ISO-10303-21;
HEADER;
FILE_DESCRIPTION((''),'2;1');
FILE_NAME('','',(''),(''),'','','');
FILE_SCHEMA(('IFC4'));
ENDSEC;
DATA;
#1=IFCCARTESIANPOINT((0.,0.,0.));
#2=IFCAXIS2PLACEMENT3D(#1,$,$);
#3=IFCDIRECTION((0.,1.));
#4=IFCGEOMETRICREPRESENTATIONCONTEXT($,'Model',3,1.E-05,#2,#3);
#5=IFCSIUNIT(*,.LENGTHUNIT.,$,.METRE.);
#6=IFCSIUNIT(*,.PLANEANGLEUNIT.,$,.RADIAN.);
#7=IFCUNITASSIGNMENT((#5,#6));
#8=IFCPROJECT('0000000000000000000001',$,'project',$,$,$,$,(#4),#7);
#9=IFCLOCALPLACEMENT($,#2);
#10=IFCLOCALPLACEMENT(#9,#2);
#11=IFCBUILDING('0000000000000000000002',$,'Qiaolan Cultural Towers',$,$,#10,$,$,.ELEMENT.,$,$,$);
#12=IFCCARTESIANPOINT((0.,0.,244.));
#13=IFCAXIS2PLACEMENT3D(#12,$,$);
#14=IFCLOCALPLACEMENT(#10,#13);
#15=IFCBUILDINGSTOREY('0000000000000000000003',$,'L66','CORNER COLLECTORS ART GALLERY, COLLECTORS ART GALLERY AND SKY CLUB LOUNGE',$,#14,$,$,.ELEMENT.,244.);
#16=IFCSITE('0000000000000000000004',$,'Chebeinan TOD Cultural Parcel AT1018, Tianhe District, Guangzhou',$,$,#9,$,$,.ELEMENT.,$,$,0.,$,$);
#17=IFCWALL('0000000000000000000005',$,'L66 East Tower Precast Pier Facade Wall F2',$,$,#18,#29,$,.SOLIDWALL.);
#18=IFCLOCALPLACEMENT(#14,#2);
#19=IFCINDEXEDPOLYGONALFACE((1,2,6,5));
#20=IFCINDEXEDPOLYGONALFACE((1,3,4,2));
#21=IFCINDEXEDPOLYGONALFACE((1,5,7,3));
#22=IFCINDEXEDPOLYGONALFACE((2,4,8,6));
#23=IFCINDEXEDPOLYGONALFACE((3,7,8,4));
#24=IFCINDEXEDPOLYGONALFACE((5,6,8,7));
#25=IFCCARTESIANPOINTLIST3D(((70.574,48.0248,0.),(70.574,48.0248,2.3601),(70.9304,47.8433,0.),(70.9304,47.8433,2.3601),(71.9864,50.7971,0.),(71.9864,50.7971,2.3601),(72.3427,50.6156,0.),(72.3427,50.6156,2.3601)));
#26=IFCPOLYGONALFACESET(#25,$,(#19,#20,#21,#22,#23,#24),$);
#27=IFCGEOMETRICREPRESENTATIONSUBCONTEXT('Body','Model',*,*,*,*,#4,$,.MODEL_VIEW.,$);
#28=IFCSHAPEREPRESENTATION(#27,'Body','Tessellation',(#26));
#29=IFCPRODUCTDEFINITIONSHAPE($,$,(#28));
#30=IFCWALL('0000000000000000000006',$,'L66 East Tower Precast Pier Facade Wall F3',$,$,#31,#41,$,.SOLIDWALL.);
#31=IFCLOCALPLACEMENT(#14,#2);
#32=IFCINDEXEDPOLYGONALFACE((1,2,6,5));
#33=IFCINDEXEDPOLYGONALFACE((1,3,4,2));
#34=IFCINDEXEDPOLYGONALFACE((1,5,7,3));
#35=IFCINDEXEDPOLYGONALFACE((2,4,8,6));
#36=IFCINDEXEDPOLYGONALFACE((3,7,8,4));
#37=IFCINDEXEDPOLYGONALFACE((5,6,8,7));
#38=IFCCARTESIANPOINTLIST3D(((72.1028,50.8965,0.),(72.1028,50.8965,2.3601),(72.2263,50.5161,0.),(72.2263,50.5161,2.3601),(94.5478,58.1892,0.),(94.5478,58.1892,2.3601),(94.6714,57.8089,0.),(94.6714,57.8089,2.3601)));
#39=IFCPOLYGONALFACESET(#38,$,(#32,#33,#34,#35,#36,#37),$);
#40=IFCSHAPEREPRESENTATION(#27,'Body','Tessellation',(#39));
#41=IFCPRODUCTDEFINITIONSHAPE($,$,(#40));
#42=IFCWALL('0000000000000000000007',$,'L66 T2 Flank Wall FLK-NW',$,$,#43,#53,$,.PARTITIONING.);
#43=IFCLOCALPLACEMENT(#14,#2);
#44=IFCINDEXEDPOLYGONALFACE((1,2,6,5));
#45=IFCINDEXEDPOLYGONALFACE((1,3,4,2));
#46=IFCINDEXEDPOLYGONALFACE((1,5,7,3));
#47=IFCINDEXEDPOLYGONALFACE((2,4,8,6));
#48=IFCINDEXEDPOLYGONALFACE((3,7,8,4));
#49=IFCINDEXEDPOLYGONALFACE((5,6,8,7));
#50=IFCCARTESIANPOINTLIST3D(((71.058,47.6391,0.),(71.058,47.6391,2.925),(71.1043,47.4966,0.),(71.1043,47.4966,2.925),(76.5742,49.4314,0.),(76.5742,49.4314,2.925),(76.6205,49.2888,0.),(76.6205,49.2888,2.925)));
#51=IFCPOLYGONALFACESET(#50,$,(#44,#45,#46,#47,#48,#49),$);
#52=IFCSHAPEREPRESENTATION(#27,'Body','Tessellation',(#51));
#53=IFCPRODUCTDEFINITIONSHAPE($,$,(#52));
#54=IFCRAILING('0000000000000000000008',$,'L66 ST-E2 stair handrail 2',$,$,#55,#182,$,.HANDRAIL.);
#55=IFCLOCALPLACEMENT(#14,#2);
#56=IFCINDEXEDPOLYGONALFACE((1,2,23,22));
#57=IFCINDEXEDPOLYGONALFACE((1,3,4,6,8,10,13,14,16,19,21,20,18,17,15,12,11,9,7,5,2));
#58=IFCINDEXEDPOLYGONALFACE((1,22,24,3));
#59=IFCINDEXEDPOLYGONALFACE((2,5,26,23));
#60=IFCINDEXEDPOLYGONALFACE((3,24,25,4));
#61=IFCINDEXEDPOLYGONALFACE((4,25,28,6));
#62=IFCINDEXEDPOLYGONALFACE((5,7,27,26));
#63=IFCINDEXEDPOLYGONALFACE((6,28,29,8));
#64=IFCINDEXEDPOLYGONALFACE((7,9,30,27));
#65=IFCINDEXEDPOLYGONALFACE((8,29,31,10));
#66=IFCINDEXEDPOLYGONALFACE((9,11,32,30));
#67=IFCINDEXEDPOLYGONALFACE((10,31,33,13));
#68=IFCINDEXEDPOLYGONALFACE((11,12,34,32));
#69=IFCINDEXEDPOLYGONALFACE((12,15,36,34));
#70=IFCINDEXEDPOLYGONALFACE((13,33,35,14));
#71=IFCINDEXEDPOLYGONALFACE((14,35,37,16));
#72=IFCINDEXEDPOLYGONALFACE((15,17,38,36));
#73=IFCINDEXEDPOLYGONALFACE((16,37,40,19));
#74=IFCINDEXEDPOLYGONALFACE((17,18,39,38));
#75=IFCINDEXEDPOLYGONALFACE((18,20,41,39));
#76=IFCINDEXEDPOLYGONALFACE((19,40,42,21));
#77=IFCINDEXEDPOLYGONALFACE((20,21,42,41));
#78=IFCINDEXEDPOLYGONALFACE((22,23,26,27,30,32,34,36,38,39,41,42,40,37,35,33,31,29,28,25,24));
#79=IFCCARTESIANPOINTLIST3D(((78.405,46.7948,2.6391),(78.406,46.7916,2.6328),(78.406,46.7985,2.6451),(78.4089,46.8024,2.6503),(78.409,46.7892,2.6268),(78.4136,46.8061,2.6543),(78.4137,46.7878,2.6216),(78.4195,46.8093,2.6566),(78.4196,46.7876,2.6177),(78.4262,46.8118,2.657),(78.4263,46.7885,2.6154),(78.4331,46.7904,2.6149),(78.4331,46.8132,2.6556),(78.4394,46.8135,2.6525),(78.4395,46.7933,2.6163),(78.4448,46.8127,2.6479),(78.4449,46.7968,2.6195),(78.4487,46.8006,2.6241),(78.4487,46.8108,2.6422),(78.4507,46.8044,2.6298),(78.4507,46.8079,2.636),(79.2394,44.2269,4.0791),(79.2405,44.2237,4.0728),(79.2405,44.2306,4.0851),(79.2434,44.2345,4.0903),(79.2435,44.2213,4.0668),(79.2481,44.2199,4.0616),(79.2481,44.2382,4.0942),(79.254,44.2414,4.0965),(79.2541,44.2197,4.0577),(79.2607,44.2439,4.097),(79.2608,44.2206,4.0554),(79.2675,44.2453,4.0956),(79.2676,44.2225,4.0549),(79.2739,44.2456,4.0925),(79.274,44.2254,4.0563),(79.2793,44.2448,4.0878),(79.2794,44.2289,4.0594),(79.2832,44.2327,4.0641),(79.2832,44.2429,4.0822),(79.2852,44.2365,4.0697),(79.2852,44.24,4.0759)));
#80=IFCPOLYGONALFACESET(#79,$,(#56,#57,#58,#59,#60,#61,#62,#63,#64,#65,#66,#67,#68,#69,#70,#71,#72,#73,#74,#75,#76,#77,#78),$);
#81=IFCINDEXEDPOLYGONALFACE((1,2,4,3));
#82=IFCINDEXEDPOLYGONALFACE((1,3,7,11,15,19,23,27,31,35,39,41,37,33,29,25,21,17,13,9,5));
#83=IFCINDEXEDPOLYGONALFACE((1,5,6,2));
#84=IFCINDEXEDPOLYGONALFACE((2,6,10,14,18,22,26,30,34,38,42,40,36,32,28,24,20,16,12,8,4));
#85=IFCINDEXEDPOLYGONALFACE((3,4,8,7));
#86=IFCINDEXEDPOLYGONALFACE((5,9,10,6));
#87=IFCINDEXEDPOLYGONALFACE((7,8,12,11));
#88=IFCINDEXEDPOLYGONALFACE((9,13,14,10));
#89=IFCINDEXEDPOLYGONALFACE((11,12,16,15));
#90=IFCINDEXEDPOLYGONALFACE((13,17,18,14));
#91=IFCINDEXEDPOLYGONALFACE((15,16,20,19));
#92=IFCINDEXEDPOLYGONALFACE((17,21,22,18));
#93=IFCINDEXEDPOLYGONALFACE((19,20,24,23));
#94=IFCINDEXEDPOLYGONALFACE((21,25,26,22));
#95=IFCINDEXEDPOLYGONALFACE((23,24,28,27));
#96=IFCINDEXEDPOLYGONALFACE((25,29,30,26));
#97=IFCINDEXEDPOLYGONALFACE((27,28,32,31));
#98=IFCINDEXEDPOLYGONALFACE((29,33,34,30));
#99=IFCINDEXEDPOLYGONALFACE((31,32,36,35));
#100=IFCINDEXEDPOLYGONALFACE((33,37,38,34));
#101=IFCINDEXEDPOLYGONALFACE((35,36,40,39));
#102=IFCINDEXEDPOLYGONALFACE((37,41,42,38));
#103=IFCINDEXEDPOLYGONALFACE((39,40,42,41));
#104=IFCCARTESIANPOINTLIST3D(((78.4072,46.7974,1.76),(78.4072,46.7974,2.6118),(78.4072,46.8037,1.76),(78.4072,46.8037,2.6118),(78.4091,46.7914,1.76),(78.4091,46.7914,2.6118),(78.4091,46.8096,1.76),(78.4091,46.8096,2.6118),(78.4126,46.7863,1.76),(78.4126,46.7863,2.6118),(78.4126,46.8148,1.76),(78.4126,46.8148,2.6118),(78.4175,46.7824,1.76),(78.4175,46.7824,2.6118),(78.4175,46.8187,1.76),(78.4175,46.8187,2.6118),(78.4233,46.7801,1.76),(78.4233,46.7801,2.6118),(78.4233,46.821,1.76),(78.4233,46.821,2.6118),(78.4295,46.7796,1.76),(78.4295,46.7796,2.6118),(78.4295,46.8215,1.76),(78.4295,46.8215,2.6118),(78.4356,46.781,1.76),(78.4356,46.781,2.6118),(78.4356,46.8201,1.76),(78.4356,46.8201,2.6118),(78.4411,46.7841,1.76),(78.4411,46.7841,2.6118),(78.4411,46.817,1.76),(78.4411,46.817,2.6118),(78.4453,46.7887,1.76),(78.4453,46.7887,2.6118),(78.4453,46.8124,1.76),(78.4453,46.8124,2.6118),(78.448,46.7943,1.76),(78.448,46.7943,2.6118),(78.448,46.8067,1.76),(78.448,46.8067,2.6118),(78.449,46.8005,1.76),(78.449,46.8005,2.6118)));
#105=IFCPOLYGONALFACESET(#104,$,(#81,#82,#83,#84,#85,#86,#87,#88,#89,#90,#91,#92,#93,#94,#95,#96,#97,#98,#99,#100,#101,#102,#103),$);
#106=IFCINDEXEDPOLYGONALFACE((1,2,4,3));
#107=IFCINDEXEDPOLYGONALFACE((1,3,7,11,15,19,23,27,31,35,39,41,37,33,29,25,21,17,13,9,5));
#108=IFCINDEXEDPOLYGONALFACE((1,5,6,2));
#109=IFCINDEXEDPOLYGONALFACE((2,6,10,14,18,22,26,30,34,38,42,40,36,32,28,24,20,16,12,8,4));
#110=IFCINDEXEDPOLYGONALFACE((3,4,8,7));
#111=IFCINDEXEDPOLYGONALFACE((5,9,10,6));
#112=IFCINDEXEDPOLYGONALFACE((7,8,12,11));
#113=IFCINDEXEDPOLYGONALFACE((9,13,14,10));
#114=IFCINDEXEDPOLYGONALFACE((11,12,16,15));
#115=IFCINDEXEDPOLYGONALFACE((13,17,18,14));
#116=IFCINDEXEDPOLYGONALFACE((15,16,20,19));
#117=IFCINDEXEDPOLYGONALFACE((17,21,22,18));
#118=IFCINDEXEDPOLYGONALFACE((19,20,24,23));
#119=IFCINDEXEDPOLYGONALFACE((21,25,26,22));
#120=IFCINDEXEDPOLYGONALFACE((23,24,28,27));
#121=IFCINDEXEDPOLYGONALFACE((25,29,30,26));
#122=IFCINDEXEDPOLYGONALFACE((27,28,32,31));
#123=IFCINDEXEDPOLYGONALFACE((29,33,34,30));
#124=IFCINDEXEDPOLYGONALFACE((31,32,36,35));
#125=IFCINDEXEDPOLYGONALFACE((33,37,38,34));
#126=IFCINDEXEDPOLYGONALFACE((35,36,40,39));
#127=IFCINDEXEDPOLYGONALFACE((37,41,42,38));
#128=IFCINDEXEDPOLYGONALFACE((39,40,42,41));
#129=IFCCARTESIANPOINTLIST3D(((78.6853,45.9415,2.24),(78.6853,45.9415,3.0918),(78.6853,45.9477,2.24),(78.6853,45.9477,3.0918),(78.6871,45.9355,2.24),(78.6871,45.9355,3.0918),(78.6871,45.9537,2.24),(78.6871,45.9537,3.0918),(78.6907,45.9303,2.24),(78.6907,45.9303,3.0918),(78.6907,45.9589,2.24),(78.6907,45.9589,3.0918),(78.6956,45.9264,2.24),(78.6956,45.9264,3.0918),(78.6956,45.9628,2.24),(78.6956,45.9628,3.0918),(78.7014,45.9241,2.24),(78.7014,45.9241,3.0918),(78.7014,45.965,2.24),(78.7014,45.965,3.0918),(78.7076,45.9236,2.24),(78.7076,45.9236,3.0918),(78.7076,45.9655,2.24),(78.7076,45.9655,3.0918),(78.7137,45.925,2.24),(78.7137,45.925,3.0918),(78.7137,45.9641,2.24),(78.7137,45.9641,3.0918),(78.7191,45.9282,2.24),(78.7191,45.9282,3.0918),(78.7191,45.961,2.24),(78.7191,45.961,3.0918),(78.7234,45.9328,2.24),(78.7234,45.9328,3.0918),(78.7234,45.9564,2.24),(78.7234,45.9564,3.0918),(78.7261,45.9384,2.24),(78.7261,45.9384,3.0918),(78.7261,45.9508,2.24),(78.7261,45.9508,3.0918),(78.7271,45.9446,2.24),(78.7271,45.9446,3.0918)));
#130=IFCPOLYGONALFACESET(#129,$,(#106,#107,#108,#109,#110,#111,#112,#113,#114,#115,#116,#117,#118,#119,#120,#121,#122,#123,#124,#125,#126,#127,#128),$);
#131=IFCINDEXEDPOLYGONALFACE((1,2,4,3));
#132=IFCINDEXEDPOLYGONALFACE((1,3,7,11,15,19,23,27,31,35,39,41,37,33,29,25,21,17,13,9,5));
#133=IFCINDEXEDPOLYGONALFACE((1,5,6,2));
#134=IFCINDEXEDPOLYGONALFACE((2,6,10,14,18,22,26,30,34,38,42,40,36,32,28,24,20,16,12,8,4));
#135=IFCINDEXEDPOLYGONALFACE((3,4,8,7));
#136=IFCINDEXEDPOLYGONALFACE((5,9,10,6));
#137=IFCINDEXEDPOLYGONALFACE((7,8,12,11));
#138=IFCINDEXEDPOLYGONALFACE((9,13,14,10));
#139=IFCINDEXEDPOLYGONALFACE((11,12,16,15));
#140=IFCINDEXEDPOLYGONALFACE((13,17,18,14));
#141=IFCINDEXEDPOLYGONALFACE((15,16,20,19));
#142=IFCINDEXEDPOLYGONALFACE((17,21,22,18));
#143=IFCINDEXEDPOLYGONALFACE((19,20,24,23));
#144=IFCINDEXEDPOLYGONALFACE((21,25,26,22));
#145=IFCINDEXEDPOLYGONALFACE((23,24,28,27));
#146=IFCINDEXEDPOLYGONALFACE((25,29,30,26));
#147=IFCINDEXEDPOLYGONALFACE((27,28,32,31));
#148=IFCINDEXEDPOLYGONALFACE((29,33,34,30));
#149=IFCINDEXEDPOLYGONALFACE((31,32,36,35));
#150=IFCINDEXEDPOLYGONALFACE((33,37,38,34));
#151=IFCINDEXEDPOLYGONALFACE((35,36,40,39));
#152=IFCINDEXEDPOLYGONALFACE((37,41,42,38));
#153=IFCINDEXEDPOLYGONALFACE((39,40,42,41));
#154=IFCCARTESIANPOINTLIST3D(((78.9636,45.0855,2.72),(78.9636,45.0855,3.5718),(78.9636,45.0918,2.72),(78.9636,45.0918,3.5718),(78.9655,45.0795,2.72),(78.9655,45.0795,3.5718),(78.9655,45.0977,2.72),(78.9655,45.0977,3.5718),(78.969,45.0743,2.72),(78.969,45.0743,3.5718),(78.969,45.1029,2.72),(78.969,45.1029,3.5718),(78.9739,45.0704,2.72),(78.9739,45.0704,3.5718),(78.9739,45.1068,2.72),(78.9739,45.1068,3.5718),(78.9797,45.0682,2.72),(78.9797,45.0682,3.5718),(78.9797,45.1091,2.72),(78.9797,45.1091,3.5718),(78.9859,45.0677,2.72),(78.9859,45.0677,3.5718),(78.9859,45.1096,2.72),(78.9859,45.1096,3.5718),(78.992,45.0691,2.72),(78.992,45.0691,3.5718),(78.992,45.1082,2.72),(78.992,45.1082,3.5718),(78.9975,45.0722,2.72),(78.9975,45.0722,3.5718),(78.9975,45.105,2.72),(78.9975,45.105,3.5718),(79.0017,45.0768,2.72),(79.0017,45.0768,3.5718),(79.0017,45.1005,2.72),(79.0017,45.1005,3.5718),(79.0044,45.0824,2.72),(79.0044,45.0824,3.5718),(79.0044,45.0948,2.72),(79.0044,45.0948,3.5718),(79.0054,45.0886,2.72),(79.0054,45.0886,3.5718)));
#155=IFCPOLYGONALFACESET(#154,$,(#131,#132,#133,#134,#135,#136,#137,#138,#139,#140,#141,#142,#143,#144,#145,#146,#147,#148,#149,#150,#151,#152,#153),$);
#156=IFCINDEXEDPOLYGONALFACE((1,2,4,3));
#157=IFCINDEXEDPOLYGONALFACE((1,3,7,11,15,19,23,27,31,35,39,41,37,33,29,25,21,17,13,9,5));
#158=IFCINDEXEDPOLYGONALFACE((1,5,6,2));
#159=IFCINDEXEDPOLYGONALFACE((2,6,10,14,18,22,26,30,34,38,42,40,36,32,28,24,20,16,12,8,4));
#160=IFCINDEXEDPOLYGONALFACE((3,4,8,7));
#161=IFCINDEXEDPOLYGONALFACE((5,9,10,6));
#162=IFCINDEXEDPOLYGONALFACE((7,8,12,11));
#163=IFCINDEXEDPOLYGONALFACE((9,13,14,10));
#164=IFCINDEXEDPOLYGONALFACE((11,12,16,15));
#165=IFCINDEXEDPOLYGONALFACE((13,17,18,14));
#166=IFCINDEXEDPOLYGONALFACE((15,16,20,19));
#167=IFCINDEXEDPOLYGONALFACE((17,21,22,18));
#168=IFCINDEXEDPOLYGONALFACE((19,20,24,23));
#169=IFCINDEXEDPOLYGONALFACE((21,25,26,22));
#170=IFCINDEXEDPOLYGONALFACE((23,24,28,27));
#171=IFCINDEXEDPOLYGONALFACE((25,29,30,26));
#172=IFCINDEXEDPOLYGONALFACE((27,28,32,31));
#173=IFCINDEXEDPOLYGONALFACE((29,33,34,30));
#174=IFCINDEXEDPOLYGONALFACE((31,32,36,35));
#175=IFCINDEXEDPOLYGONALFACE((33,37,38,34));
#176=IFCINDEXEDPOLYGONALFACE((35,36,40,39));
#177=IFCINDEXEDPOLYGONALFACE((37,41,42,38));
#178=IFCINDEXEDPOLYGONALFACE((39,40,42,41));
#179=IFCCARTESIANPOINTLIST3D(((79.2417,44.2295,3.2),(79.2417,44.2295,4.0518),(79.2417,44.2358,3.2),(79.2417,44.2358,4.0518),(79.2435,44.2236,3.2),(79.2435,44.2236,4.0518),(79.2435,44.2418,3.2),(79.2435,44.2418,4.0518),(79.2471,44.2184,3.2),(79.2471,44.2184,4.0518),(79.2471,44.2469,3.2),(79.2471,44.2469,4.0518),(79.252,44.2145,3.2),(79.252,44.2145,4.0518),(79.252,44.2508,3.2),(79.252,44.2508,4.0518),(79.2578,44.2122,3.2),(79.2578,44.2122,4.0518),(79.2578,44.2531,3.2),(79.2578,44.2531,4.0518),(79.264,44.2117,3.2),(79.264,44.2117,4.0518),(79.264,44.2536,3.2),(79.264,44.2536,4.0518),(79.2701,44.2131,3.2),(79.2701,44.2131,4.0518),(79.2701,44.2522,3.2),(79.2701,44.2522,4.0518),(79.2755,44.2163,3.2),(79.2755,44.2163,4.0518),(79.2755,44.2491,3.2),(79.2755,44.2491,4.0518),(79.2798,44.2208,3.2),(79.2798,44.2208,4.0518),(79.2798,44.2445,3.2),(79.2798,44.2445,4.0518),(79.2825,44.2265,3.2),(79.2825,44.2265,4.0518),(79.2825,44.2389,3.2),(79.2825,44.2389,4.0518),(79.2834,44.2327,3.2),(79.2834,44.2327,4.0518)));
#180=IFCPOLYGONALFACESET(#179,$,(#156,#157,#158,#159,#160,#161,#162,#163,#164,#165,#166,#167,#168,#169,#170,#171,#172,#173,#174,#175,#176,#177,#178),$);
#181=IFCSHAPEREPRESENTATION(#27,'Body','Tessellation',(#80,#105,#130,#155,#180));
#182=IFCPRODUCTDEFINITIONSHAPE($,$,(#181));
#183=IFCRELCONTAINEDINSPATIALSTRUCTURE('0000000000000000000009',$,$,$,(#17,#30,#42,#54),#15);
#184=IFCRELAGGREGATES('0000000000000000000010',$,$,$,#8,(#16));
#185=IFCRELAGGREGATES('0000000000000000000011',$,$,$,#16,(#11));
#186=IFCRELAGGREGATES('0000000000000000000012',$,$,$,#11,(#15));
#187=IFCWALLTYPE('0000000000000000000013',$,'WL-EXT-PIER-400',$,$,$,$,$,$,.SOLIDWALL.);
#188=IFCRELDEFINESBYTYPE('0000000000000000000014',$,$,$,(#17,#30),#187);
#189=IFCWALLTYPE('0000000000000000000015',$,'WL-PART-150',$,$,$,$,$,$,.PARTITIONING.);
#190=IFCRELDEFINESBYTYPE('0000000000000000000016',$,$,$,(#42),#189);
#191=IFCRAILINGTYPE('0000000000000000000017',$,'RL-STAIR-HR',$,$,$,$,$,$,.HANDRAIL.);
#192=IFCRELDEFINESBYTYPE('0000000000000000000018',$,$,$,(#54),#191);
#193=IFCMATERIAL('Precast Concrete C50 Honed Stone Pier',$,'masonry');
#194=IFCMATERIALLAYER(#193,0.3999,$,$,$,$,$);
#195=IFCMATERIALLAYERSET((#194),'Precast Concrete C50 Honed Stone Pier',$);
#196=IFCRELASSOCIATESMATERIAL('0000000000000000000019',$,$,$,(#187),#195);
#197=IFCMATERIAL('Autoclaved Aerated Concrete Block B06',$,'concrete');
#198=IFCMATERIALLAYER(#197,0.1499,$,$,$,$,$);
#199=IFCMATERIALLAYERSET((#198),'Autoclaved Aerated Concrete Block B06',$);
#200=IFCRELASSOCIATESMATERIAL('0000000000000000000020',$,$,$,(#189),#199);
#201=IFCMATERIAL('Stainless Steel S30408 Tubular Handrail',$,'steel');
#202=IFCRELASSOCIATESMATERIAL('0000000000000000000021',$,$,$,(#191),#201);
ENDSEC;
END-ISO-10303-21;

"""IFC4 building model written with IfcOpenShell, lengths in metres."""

from ifc_helpers import new_model, si_unit, direction, frame, frame_2d, origin, origin_2d, place, context, subcontext, project, spatial, rectangle, circle, extrude, material, layer, layer_set, type_object, element, save


model = new_model("IFC4")

# Units and contexts
model_context = context("Model", 3, precision=1e-05, world=origin(), true_north=direction((0.0, 1.0)))
body_context = subcontext(model_context, "Body", "Model", "MODEL_VIEW")
ifc_project = project(units=[si_unit("LENGTHUNIT", "METRE"), si_unit("PLANEANGLEUNIT", "RADIAN")], contexts=[model_context])

# Site, building, storey
site_placement = place(None, origin())
site = spatial("IfcSite", under=ifc_project, at=site_placement, Name="Chebeinan TOD Cultural Parcel AT1018, Tianhe District, Guangzhou", CompositionType="ELEMENT", RefElevation=0.0)
building_placement = place(site_placement, origin())
building = spatial("IfcBuilding", under=site, at=building_placement, Name="Qiaolan Cultural Towers", CompositionType="ELEMENT")
storey_placement = place(building_placement, frame((0.0, 0.0, 244.0)))
storey = spatial("IfcBuildingStorey", under=building, at=storey_placement, Name="L66", Description="CORNER COLLECTORS ART GALLERY, COLLECTORS ART GALLERY AND SKY CLUB LOUNGE", CompositionType="ELEMENT", Elevation=244.0)

# Shared definitions
ifc_material_1 = material(Name="Precast Concrete C50 Honed Stone Pier", Category="masonry")
ifc_layer_1 = layer(ifc_material_1, 0.3999)
ifc_layer_set_1 = layer_set([ifc_layer_1], Name="Precast Concrete C50 Honed Stone Pier")
wall_type_1 = type_object("IfcWallType", Name="WL-EXT-PIER-400", PredefinedType="SOLIDWALL", material=ifc_layer_set_1)

# Walls
wall_1_placement = place(storey_placement, frame((70.7522, 47.9341, 0.0), z_axis=(0.0, 0.0, 1.0), x_axis=(0.453949, 0.891028, 0.0)))
element("IfcWall", 1, at=wall_1_placement, inside=storey, type_object=wall_type_1, Name="L66 East Tower Precast Pier Facade Wall F2", PredefinedType="SOLIDWALL", context=body_context, shape_type="SweptSolid", body=[
    extrude(rectangle(XDim=3.1113, YDim=0.3999, at=frame_2d((1.5557, 0.0))), origin(), (0.0, 0.0, 1.0), 2.3601),
])
wall_2_placement = place(storey_placement, frame((72.1646, 50.7063, 0.0), z_axis=(0.0, 0.0, 1.0), x_axis=(0.951058, 0.309012, 0.0)))
element("IfcWall", 2, at=wall_2_placement, inside=storey, type_object=wall_type_1, Name="L66 East Tower Precast Pier Facade Wall F3", PredefinedType="SOLIDWALL", context=body_context, shape_type="SweptSolid", body=[
    extrude(rectangle(XDim=23.6001, YDim=0.3999, at=frame_2d((11.8, 0.0))), origin(), (0.0, 0.0, 1.0), 2.3601),
])
ifc_material_2 = material(Name="Autoclaved Aerated Concrete Block B06", Category="concrete")
ifc_layer_2 = layer(ifc_material_2, 0.1499)
ifc_layer_set_2 = layer_set([ifc_layer_2], Name="Autoclaved Aerated Concrete Block B06")
wall_type_2 = type_object("IfcWallType", Name="WL-PART-150", PredefinedType="PARTITIONING", material=ifc_layer_set_2)
wall_3_placement = place(storey_placement, frame((71.0813, 47.5679, 0.0), z_axis=(0.0, 0.0, 1.0), x_axis=(0.951059, 0.309008, 0.0)))
element("IfcWall", 3, at=wall_3_placement, inside=storey, type_object=wall_type_2, Name="L66 T2 Flank Wall FLK-NW", PredefinedType="PARTITIONING", context=body_context, shape_type="SweptSolid", body=[
    extrude(rectangle(XDim=5.8, YDim=0.1499, at=frame_2d((2.8999, 0.0))), origin(), (0.0, 0.0, 1.0), 2.925),
])

# Railing
ifc_material_3 = material(Name="Stainless Steel S30408 Tubular Handrail", Category="steel")
railing_type = type_object("IfcRailingType", Name="RL-STAIR-HR", PredefinedType="HANDRAIL", material=ifc_material_3)
railing_placement = place(storey_placement, frame((78.428, 46.8005, 1.76)))
element("IfcRailing", 4, at=railing_placement, inside=storey, type_object=railing_type, Name="L66 ST-E2 stair handrail 2", PredefinedType="HANDRAIL", context=body_context, shape_type="SweptSolid", body=[
    extrude(circle(Radius=0.0239, at=origin_2d()), frame((0.0, 0.0, 0.876), z_axis=(0.272701, -0.839167, 0.470566), x_axis=(0.951043, 0.309057, 0.0)), (0.0, 0.0, 1.0), 3.0601),
    extrude(circle(Radius=0.021, at=origin_2d()), origin(), (0.0, 0.0, 1.0), 0.8518),
    extrude(circle(Radius=0.021, at=origin_2d()), frame((0.2781, -0.856, 0.48)), (0.0, 0.0, 1.0), 0.8518),
    extrude(circle(Radius=0.021, at=origin_2d()), frame((0.5564, -1.7119, 0.96)), (0.0, 0.0, 1.0), 0.8518),
    extrude(circle(Radius=0.021, at=origin_2d()), frame((0.8345, -2.5679, 1.4399)), (0.0, 0.0, 1.0), 0.8518),
])

save(model, "model.ifc")
